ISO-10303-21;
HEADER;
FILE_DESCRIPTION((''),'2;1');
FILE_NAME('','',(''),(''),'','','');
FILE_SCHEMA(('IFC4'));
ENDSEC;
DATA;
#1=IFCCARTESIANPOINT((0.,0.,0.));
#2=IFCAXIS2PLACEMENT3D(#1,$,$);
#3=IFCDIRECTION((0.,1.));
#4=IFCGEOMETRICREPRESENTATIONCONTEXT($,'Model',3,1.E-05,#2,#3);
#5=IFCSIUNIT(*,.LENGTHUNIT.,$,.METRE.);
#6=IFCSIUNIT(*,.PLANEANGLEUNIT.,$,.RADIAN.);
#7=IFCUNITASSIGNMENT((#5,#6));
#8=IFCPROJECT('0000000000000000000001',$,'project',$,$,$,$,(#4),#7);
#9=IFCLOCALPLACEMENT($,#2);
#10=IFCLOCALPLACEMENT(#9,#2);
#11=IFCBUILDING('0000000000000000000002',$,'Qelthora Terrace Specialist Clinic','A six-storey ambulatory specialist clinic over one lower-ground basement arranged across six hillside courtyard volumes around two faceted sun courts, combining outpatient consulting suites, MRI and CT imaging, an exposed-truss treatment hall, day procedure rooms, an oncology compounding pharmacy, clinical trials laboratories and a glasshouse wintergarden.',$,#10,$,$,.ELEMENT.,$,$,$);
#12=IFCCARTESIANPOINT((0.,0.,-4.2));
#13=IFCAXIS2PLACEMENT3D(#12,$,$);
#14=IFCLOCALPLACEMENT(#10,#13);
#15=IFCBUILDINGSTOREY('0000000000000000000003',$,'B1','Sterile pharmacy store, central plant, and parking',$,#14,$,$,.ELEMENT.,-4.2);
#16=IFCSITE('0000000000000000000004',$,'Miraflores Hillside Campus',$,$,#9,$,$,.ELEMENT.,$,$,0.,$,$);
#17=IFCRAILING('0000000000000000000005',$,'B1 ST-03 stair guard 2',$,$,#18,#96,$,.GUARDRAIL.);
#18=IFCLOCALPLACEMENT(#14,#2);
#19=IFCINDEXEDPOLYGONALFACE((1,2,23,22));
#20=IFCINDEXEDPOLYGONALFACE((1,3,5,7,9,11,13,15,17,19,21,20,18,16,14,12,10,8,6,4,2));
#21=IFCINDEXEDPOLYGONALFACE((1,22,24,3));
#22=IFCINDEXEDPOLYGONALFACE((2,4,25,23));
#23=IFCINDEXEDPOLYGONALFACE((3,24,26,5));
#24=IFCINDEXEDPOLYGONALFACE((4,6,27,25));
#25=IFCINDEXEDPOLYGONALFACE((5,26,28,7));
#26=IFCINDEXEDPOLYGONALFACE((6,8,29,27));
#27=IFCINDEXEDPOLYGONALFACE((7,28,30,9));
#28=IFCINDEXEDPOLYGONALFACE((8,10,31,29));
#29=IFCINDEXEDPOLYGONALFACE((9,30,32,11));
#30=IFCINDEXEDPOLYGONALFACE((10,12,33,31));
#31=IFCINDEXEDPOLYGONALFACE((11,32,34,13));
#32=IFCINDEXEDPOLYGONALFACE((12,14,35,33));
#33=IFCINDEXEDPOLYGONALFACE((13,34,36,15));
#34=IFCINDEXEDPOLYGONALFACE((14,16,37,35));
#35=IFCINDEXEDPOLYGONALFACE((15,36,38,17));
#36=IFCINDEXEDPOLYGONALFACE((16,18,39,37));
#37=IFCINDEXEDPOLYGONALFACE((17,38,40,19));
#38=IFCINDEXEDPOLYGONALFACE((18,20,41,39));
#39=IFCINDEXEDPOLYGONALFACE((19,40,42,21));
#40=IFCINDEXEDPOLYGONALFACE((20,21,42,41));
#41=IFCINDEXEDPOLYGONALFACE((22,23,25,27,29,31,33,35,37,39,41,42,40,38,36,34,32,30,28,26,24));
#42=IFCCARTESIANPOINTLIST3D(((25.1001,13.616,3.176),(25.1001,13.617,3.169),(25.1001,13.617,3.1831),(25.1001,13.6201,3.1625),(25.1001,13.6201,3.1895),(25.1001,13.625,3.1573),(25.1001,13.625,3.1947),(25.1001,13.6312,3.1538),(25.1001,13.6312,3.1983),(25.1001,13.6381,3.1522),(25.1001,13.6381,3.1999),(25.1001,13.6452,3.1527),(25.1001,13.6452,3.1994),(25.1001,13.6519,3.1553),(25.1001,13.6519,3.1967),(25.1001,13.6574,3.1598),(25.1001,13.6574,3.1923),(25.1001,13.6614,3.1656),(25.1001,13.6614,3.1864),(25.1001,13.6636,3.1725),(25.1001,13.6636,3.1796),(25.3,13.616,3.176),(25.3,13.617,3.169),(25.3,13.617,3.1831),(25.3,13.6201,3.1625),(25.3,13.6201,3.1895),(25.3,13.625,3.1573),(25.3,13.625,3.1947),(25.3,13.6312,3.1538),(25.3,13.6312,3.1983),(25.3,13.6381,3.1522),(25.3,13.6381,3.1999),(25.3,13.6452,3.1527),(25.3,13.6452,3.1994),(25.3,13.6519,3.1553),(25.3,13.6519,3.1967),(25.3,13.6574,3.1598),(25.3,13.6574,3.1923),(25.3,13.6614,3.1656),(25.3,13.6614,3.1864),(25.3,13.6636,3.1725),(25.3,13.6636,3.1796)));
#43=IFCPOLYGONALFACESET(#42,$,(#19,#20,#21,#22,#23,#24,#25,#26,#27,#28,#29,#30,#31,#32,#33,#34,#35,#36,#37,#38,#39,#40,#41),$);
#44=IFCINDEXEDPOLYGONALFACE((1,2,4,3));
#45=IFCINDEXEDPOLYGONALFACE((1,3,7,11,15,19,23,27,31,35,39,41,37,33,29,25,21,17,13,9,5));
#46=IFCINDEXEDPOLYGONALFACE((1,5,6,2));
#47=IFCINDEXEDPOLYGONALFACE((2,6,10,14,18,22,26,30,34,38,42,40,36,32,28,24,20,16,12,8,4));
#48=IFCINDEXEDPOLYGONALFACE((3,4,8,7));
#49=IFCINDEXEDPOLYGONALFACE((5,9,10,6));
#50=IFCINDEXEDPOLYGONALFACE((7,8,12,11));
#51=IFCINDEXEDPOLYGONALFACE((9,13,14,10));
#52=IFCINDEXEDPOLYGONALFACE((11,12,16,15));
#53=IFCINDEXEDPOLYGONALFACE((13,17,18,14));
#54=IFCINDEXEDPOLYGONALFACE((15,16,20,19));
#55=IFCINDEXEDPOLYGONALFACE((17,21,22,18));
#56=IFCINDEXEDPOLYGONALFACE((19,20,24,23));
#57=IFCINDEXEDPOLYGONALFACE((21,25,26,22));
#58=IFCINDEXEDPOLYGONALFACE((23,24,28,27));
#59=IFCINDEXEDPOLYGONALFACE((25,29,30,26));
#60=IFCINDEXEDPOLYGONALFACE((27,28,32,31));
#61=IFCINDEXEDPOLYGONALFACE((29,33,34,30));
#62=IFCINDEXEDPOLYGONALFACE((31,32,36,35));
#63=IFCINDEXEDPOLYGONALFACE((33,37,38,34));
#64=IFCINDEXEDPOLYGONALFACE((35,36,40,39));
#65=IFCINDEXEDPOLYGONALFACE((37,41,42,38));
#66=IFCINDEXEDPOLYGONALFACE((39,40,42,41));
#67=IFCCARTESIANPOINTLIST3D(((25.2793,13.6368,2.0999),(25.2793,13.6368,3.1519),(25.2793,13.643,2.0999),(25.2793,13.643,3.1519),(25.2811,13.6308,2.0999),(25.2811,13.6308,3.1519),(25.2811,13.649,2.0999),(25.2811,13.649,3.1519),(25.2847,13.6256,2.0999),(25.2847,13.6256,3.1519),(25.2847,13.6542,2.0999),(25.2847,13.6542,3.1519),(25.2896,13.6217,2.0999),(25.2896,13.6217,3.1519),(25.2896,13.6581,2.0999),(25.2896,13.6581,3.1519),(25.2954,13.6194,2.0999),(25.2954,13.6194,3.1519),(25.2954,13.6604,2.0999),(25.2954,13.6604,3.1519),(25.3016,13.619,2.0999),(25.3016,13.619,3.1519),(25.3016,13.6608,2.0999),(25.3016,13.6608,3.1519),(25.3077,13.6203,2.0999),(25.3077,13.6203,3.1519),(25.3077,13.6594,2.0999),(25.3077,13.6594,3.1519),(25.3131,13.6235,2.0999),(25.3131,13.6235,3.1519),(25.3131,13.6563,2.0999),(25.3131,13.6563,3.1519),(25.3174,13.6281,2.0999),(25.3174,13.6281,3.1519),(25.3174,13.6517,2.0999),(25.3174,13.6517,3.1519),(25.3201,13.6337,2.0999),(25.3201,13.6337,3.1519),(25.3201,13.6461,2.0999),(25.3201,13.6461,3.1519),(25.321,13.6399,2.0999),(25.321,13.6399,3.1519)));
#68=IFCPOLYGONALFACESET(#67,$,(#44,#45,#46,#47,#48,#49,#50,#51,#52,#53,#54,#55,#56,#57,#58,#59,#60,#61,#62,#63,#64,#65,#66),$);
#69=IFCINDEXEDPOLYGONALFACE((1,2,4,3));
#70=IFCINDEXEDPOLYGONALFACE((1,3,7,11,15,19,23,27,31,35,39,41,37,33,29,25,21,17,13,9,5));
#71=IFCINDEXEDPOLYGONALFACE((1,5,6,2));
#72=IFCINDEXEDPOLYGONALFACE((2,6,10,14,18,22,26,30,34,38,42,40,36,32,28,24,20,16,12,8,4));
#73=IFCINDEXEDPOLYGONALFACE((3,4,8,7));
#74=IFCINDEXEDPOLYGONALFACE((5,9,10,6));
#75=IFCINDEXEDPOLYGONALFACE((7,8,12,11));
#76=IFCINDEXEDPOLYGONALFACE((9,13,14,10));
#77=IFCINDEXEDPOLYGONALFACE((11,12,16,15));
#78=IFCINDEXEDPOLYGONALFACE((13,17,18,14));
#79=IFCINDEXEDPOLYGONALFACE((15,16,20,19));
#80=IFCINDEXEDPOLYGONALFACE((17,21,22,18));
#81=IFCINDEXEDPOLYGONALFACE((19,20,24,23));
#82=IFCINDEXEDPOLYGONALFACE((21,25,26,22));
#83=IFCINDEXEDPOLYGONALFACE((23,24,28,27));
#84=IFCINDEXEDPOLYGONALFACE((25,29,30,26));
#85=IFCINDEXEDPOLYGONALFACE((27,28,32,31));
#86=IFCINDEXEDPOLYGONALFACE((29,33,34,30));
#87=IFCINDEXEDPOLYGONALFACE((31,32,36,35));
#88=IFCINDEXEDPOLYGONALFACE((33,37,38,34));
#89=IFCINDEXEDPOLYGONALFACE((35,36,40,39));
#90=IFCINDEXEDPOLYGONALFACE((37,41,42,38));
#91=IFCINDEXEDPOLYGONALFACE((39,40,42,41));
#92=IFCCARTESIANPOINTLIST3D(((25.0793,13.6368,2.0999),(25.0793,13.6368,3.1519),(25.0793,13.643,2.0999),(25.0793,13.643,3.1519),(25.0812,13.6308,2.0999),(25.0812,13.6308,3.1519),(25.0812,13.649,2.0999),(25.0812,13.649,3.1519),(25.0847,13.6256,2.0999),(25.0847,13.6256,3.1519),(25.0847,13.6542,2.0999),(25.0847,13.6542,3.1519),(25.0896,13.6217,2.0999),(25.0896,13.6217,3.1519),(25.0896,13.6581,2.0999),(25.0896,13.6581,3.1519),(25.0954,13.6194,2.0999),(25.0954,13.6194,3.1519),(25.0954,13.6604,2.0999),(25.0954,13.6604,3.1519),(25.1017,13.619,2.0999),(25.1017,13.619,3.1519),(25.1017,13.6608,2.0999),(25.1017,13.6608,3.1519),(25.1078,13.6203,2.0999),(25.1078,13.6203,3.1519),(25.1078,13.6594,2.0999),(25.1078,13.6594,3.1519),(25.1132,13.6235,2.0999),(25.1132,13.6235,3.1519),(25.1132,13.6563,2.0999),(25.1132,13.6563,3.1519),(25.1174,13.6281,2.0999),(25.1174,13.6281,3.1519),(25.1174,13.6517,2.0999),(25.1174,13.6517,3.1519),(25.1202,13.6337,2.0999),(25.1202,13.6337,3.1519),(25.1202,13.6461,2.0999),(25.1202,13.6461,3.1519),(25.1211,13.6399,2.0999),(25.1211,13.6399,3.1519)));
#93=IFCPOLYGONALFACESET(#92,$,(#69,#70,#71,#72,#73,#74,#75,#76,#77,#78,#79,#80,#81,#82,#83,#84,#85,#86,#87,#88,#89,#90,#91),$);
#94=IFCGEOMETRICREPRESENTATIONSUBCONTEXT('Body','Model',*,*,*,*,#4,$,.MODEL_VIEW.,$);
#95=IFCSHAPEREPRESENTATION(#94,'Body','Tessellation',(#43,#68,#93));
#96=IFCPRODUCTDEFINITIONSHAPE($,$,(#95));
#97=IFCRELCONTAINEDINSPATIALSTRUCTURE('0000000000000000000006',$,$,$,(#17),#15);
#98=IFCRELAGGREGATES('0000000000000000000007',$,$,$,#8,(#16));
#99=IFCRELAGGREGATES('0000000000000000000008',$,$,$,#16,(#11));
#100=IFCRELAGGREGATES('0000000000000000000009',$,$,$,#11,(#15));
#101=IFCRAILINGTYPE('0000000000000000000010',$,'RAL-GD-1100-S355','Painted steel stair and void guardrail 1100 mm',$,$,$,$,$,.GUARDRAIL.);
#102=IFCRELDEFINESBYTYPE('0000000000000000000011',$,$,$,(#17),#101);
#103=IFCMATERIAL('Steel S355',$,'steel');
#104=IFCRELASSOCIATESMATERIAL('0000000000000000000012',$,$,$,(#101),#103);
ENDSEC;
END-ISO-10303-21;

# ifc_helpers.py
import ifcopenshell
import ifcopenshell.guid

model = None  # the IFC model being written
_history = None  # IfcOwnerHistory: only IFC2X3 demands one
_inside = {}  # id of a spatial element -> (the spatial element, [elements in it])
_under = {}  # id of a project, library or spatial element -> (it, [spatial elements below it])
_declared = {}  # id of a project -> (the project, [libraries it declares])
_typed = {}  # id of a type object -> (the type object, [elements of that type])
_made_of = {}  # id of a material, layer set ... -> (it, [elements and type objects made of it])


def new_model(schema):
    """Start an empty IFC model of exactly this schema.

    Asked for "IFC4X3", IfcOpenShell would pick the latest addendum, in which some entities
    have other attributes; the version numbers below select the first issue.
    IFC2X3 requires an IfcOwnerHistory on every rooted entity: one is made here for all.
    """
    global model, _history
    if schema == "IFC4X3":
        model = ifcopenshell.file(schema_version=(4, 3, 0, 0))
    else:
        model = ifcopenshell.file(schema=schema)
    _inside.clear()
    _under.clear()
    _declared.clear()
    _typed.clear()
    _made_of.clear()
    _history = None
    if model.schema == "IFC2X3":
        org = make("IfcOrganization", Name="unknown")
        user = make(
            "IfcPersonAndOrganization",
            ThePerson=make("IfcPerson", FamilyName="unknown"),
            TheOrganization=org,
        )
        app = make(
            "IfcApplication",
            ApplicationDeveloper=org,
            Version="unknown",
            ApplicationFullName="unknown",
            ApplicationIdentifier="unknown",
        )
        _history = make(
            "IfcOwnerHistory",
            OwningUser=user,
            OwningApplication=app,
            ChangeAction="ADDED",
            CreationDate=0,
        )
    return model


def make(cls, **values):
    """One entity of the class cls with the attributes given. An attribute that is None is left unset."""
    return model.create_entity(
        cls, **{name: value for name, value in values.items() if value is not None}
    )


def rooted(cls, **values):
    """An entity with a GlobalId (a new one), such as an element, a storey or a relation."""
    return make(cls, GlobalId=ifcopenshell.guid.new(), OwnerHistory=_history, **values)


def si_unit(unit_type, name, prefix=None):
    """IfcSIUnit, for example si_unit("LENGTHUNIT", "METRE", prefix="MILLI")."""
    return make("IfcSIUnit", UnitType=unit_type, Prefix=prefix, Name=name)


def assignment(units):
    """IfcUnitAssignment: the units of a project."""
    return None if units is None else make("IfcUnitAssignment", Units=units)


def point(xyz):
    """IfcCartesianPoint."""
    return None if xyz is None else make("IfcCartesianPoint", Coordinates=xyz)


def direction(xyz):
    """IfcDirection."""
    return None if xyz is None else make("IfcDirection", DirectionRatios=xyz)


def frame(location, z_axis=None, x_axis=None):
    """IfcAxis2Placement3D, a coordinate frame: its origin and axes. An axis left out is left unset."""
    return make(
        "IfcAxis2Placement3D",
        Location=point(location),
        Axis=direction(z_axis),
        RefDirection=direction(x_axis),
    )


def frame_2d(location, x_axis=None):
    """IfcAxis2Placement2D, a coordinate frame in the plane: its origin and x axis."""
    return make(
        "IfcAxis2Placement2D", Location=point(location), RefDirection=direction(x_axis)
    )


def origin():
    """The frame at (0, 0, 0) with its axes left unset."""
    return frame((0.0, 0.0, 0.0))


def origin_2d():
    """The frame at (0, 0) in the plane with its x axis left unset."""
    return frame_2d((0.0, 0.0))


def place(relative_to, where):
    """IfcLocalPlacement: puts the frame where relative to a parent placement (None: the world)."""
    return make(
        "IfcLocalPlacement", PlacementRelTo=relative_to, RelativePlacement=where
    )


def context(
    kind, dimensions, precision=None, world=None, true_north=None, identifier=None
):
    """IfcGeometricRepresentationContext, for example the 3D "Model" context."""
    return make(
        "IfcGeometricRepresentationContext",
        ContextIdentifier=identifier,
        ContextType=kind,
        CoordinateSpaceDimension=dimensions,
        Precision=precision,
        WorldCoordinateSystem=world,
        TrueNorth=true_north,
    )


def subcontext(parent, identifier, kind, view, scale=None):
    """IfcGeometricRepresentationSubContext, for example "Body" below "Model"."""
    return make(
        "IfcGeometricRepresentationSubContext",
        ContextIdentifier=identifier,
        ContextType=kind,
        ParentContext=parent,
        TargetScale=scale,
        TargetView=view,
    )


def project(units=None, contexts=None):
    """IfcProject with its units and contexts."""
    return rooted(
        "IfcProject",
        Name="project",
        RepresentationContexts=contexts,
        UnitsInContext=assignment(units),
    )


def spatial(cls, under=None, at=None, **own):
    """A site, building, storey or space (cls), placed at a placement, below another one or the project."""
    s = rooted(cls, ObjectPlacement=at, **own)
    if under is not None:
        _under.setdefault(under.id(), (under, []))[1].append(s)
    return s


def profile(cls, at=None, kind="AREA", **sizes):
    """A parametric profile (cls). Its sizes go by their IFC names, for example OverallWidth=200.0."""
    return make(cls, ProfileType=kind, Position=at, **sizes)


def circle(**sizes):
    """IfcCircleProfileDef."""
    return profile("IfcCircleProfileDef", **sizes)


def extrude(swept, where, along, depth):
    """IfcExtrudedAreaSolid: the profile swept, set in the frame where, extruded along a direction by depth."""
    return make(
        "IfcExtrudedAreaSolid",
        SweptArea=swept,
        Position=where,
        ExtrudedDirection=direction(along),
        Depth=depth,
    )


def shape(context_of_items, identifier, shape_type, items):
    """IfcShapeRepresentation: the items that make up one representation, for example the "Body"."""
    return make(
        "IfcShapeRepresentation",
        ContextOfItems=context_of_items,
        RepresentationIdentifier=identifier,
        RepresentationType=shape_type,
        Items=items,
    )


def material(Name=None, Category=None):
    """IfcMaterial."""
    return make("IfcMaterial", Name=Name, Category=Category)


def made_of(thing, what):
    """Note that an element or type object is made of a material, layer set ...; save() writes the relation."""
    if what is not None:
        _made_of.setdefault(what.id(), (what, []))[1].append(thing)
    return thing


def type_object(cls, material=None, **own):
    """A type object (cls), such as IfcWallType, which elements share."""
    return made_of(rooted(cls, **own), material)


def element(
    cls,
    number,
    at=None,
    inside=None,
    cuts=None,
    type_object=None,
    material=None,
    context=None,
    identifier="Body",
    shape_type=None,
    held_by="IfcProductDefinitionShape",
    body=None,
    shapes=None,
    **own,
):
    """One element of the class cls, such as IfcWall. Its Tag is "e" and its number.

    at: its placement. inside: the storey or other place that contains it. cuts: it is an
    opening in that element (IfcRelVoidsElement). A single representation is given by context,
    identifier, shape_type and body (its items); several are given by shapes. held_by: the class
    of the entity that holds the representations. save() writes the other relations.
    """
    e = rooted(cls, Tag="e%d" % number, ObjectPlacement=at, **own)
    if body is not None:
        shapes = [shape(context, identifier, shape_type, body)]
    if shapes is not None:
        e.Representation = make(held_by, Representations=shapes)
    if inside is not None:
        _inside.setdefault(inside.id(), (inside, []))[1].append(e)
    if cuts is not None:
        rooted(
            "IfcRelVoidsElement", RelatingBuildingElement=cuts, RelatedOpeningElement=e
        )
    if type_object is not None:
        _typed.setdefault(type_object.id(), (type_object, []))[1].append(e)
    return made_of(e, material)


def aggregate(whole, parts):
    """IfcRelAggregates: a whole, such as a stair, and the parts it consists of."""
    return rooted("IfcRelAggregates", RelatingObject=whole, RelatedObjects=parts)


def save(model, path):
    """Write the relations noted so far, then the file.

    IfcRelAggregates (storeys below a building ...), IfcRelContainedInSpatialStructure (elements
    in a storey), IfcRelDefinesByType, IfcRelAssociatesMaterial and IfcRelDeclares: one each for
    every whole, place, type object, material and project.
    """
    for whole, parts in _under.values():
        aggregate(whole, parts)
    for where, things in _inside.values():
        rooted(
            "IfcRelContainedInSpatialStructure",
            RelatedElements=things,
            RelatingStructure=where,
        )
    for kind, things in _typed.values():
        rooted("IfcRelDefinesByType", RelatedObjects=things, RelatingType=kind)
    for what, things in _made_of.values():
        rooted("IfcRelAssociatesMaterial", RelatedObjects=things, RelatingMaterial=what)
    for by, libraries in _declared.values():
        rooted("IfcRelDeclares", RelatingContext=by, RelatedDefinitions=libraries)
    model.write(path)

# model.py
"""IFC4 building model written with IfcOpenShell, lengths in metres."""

from ifc_helpers import new_model, si_unit, direction, frame, origin, origin_2d, place, context, subcontext, project, spatial, circle, extrude, material, type_object, element, save


model = new_model("IFC4")

# Units and contexts
model_context = context("Model", 3, precision=1e-05, world=origin(), true_north=direction((0.0, 1.0)))
body_context = subcontext(model_context, "Body", "Model", "MODEL_VIEW")
ifc_project = project(units=[si_unit("LENGTHUNIT", "METRE"), si_unit("PLANEANGLEUNIT", "RADIAN")], contexts=[model_context])

# Site, building, storey
site_placement = place(None, origin())
site = spatial("IfcSite", under=ifc_project, at=site_placement, Name="Miraflores Hillside Campus", CompositionType="ELEMENT", RefElevation=0.0)
building_placement = place(site_placement, origin())
building = spatial("IfcBuilding", under=site, at=building_placement, Name="Qelthora Terrace Specialist Clinic", Description="A six-storey ambulatory specialist clinic over one lower-ground basement arranged across six hillside courtyard volumes around two faceted sun courts, combining outpatient consulting suites, MRI and CT imaging, an exposed-truss treatment hall, day procedure rooms, an oncology compounding pharmacy, clinical trials laboratories and a glasshouse wintergarden.", CompositionType="ELEMENT")
storey_placement = place(building_placement, frame((0.0, 0.0, -4.2)))
storey = spatial("IfcBuildingStorey", under=building, at=storey_placement, Name="B1", Description="Sterile pharmacy store, central plant, and parking", CompositionType="ELEMENT", Elevation=-4.2)

# Shared definitions
ifc_material_1 = material(Name="Steel S355", Category="steel")

# Railing
railing_type_1 = type_object("IfcRailingType", Name="RAL-GD-1100-S355", Description="Painted steel stair and void guardrail 1100 mm", PredefinedType="GUARDRAIL", material=ifc_material_1)
railing_1_placement = place(storey_placement, frame((25.3, 13.6399, 2.0999)))
element("IfcRailing", 1, at=railing_1_placement, inside=storey, type_object=railing_type_1, Name="B1 ST-03 stair guard 2", PredefinedType="GUARDRAIL", context=body_context, shape_type="SweptSolid", body=[
    extrude(circle(Radius=0.0239, at=origin_2d()), frame((0.0, 0.0, 1.0762), z_axis=(-1.0, 0.0, 0.0), x_axis=(0.0, -1.0, 0.0)), (0.0, 0.0, 1.0), 0.2),
    extrude(circle(Radius=0.021, at=origin_2d()), origin(), (0.0, 0.0, 1.0), 1.052),
    extrude(circle(Radius=0.021, at=origin_2d()), frame((-0.2, 0.0, 0.0)), (0.0, 0.0, 1.0), 1.052),
])

save(model, "model.ifc")
